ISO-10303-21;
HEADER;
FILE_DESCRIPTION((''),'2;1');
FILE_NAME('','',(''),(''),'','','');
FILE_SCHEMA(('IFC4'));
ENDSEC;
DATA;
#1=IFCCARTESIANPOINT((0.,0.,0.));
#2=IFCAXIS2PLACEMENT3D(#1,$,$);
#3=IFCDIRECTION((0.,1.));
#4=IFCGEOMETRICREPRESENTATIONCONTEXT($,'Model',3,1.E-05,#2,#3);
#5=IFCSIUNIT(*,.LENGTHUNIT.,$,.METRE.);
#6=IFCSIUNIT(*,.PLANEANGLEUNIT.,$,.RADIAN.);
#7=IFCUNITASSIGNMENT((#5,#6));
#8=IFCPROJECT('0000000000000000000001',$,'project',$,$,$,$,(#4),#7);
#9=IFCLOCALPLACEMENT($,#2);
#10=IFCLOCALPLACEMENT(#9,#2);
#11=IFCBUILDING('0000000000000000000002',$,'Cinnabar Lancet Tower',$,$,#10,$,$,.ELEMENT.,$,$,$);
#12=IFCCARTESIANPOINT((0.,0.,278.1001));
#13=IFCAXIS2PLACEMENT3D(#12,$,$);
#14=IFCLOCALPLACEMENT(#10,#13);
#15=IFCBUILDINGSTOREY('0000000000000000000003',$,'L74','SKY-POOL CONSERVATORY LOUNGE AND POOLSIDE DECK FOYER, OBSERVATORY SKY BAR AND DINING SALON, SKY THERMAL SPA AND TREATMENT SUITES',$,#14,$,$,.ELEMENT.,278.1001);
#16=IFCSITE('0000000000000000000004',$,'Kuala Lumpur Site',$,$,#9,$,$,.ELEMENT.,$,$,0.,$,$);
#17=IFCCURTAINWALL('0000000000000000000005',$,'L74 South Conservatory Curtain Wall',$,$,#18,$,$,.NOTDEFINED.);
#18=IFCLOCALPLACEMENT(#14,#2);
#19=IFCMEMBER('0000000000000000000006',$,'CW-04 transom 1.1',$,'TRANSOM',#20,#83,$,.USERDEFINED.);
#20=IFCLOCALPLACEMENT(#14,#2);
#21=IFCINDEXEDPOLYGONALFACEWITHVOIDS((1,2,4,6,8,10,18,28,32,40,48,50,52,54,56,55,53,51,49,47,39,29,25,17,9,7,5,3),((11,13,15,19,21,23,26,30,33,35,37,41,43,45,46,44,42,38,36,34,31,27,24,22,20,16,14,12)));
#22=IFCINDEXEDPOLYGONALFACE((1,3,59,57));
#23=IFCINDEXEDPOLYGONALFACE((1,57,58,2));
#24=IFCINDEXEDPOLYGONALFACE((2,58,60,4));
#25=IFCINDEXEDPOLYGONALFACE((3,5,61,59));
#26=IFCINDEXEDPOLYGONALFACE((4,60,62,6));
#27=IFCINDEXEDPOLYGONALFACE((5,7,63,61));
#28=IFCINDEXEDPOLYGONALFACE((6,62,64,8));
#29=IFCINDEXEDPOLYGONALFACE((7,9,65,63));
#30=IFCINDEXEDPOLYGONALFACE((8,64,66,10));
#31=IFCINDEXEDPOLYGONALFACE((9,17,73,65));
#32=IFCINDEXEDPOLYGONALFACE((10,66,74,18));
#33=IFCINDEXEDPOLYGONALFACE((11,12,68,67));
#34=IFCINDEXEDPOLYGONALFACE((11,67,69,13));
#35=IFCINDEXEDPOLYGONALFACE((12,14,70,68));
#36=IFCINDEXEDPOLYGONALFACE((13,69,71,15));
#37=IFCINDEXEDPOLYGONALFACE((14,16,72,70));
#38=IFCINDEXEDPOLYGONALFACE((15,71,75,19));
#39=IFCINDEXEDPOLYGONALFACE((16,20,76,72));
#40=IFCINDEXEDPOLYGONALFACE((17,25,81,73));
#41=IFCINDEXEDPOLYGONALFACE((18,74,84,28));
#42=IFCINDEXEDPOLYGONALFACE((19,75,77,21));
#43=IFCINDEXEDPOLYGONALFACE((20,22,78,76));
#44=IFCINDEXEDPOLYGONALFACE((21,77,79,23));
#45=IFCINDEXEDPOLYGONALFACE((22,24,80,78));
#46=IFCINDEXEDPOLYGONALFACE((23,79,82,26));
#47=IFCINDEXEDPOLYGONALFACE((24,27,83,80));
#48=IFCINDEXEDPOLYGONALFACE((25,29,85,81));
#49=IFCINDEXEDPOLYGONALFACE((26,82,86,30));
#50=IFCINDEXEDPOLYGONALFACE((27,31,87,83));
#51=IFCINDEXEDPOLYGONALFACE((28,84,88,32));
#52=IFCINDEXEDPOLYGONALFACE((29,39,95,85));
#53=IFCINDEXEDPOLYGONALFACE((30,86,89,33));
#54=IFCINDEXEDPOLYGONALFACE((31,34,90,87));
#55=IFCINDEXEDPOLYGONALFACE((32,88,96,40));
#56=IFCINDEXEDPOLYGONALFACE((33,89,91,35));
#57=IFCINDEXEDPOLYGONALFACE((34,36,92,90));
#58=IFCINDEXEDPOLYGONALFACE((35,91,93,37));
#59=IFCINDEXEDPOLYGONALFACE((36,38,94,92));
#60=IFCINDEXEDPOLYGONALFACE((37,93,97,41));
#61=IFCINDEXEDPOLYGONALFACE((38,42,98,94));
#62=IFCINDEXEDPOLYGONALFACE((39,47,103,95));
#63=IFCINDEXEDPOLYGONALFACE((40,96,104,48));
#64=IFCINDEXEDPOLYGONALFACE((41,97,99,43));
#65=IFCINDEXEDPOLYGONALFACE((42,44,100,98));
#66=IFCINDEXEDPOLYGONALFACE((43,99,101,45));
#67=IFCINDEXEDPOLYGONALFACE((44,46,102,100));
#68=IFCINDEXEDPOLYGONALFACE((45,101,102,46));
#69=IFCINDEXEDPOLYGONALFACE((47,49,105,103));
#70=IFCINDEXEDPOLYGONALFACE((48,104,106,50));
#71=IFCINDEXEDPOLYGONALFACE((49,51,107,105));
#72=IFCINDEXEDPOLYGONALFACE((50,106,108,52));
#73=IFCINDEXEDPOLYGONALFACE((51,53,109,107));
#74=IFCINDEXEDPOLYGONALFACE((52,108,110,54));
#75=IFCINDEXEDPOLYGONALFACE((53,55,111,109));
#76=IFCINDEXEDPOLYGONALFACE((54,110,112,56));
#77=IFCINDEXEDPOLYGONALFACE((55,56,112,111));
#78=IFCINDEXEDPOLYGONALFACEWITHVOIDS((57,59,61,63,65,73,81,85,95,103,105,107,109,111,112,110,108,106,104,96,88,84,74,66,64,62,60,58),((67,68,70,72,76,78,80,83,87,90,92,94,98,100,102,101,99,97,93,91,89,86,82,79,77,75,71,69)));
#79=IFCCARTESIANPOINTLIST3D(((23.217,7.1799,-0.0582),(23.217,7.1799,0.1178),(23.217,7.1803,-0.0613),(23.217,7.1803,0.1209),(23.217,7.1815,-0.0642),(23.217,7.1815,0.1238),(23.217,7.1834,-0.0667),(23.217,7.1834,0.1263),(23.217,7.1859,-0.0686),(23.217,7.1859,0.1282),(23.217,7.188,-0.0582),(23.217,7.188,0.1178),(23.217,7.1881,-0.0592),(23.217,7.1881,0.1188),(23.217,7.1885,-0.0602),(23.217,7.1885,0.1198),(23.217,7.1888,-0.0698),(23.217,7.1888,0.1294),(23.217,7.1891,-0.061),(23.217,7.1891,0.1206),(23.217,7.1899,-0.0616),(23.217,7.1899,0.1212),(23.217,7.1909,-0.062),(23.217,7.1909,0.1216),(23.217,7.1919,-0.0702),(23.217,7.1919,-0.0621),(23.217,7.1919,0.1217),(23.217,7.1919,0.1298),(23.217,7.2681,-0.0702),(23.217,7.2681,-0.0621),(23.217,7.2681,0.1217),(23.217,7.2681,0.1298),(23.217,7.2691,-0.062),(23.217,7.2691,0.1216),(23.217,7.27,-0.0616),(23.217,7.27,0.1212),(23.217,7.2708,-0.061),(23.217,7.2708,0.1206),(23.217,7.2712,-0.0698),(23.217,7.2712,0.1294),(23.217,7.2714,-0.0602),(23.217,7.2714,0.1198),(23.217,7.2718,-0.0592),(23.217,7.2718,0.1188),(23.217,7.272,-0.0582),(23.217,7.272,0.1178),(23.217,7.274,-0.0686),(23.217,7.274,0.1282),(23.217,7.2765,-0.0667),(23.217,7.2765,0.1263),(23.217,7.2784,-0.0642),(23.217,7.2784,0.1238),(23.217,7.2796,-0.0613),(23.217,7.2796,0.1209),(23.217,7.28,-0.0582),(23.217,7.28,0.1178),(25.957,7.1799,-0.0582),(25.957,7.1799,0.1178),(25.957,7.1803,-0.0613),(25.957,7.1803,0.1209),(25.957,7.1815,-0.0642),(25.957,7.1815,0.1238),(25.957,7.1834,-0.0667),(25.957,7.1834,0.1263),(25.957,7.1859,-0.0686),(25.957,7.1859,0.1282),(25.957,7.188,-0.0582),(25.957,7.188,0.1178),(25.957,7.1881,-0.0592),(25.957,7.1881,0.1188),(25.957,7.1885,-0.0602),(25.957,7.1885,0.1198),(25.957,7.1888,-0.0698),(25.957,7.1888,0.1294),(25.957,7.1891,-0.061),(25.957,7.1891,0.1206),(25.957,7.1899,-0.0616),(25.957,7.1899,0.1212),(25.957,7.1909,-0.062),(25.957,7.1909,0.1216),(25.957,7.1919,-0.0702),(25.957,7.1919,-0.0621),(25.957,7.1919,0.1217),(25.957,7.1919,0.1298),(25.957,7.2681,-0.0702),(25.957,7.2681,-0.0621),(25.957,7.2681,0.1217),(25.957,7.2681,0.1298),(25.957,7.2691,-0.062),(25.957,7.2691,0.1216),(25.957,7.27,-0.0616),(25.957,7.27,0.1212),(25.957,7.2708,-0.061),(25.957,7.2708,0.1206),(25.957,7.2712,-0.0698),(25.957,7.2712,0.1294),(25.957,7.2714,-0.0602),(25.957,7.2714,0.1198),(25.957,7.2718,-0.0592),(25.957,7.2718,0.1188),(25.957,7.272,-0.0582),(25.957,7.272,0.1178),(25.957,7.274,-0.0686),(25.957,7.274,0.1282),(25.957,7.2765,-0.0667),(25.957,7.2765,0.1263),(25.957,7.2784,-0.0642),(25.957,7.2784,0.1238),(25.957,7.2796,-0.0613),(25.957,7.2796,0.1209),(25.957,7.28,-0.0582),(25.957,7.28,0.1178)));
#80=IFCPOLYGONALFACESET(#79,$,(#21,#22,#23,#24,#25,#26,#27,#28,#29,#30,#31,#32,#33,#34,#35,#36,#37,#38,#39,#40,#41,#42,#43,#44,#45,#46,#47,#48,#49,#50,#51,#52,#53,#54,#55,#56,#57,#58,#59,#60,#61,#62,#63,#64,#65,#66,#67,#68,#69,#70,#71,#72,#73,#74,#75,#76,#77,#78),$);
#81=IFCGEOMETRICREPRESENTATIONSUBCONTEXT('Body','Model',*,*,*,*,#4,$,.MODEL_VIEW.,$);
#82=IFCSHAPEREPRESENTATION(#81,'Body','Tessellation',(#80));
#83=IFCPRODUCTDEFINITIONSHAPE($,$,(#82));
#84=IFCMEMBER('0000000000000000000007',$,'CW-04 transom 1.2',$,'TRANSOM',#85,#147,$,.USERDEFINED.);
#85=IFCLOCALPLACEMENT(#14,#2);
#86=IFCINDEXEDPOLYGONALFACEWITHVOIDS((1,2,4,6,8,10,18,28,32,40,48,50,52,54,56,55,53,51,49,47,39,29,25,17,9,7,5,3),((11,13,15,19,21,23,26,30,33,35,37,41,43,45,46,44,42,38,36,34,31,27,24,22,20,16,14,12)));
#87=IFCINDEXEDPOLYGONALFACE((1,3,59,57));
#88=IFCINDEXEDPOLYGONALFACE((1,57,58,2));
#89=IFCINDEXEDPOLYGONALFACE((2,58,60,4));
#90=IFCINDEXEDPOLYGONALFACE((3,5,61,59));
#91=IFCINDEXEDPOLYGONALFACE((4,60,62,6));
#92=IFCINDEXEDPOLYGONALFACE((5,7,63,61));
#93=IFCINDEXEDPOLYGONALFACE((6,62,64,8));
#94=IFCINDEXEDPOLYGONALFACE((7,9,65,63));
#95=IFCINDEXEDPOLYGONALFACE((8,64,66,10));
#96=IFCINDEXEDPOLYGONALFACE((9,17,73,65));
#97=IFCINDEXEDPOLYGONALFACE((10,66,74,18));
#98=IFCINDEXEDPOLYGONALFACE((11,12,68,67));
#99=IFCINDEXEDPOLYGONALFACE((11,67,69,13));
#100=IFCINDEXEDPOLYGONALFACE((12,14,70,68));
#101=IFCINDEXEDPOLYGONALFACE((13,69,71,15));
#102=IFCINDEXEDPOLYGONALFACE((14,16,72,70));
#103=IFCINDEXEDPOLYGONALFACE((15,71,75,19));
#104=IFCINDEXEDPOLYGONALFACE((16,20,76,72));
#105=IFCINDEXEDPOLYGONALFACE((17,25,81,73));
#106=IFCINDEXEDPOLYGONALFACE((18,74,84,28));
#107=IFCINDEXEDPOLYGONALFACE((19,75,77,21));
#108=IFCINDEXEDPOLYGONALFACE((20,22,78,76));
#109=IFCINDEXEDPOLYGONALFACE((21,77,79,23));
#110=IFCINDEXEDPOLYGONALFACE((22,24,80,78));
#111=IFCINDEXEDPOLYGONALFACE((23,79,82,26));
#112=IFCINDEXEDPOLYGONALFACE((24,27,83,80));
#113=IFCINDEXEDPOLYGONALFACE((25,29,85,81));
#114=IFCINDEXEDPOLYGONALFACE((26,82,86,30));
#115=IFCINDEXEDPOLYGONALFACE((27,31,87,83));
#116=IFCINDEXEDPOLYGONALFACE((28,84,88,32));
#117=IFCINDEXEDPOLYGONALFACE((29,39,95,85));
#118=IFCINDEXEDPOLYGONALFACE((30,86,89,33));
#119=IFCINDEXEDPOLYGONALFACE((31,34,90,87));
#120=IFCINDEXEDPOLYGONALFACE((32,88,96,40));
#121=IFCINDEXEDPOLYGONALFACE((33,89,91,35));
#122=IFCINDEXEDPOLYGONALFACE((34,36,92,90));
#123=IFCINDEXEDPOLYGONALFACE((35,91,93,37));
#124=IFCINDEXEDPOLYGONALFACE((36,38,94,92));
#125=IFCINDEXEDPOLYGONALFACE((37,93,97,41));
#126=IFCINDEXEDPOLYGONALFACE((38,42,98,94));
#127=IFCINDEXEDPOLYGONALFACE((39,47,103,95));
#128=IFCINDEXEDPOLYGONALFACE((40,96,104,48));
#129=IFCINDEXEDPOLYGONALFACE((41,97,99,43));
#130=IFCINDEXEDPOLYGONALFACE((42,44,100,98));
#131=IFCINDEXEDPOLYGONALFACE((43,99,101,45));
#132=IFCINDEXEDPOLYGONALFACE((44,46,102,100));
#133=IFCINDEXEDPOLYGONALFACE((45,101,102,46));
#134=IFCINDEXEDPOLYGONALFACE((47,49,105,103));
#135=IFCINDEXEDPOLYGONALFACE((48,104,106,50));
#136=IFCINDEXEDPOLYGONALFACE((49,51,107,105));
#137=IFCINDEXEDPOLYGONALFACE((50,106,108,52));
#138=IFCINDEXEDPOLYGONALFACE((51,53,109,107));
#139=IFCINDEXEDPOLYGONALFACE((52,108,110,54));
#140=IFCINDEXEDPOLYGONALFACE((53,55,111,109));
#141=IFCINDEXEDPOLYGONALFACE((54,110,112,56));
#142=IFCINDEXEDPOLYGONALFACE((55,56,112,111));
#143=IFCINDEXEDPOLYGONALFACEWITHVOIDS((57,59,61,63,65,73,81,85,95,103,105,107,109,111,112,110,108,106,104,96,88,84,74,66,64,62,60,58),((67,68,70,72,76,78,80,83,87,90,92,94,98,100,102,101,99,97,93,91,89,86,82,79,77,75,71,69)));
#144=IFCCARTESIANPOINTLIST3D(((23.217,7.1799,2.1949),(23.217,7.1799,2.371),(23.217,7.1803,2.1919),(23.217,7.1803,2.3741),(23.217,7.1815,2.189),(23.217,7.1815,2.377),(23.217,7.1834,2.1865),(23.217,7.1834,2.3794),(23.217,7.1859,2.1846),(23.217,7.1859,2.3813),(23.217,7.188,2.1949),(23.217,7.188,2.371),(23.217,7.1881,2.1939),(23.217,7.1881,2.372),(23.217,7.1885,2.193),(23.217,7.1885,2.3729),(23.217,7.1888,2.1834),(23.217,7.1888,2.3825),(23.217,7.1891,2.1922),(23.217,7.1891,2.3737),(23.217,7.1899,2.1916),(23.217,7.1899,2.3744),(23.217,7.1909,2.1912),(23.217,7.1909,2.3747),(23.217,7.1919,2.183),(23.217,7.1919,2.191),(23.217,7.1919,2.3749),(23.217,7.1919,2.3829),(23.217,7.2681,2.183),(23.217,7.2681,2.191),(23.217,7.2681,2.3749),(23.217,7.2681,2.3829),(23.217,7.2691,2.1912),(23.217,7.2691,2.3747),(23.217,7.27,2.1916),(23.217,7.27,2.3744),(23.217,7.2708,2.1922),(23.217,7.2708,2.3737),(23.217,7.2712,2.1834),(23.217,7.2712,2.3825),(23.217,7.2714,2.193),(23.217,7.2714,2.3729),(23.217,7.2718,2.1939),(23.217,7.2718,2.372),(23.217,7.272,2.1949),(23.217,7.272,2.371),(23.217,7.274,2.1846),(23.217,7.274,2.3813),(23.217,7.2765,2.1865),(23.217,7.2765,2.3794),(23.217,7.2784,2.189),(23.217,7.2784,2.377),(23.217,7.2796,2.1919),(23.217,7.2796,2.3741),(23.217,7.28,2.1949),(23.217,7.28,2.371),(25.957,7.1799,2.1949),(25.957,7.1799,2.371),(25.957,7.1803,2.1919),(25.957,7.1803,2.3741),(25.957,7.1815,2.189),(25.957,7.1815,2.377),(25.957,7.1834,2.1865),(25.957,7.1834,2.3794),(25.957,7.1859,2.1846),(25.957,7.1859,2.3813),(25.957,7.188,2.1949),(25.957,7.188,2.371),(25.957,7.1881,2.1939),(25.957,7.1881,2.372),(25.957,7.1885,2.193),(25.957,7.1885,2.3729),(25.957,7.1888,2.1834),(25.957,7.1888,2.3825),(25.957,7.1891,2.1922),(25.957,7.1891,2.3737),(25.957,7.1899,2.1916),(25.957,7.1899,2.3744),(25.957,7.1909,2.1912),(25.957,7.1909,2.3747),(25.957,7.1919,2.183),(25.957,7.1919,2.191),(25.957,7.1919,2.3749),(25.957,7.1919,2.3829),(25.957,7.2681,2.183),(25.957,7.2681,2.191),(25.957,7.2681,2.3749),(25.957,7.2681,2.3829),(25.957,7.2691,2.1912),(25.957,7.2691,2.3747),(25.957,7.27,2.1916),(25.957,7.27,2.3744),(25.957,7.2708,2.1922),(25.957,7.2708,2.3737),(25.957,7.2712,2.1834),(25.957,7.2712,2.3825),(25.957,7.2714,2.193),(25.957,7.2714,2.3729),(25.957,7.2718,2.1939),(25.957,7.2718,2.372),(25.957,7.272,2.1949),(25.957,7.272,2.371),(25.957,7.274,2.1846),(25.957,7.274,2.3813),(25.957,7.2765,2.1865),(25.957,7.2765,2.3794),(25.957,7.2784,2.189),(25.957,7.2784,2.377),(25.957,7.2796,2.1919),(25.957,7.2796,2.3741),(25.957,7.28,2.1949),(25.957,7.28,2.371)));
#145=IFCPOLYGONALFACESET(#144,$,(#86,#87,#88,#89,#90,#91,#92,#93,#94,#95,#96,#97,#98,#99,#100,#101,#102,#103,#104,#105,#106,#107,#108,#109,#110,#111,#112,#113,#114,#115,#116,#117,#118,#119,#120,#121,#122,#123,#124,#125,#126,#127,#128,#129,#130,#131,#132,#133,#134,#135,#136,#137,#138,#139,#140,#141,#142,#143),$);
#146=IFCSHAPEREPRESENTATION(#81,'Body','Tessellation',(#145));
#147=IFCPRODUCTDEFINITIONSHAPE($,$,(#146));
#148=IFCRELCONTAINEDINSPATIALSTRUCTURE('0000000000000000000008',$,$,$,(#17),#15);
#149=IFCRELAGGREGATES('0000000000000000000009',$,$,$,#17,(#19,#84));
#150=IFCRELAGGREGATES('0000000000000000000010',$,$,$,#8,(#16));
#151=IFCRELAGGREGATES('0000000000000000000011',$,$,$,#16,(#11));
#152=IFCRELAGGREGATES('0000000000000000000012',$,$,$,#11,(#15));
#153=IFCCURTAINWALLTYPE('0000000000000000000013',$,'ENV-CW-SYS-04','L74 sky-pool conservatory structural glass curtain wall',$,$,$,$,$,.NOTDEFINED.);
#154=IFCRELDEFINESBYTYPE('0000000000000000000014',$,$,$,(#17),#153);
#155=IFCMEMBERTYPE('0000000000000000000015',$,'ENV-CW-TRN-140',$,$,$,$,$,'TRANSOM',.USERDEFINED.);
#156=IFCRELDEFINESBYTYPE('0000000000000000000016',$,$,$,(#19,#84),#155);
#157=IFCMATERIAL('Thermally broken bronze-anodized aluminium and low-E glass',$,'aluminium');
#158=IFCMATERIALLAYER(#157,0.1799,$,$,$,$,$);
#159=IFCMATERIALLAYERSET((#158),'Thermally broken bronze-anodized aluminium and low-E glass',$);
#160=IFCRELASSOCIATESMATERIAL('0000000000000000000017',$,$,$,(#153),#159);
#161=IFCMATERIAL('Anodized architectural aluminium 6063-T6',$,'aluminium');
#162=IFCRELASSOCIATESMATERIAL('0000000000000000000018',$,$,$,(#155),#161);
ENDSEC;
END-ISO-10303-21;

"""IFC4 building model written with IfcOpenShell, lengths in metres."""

from ifc_helpers import new_model, si_unit, direction, frame, origin, origin_2d, place, context, subcontext, project, spatial, hollow_rectangle, extrude, material, layer, layer_set, material_profile, profile_set, type_object, element, aggregate, save


model = new_model("IFC4")

# Units and contexts
model_context = context("Model", 3, precision=1e-05, world=origin(), true_north=direction((0.0, 1.0)))
body_context = subcontext(model_context, "Body", "Model", "MODEL_VIEW")
ifc_project = project(units=[si_unit("LENGTHUNIT", "METRE"), si_unit("PLANEANGLEUNIT", "RADIAN")], contexts=[model_context])

# Site, building, storey
site_placement = place(None, origin())
site = spatial("IfcSite", under=ifc_project, at=site_placement, Name="Kuala Lumpur Site", CompositionType="ELEMENT", RefElevation=0.0)
building_placement = place(site_placement, origin())
building = spatial("IfcBuilding", under=site, at=building_placement, Name="Cinnabar Lancet Tower", CompositionType="ELEMENT")
storey_placement = place(building_placement, frame((0.0, 0.0, 278.1001)))
storey = spatial("IfcBuildingStorey", under=building, at=storey_placement, Name="L74", Description="SKY-POOL CONSERVATORY LOUNGE AND POOLSIDE DECK FOYER, OBSERVATORY SKY BAR AND DINING SALON, SKY THERMAL SPA AND TREATMENT SUITES", CompositionType="ELEMENT", Elevation=278.1001)

# Curtain wall, members
ifc_material_1 = material(Name="Thermally broken bronze-anodized aluminium and low-E glass", Category="aluminium")
ifc_layer_1 = layer(ifc_material_1, 0.1799)
ifc_layer_set_1 = layer_set([ifc_layer_1], Name="Thermally broken bronze-anodized aluminium and low-E glass")
curtain_wall_type = type_object("IfcCurtainWallType", Name="ENV-CW-SYS-04", Description="L74 sky-pool conservatory structural glass curtain wall", PredefinedType="NOTDEFINED", material=ifc_layer_set_1)
curtain_wall_placement = place(storey_placement, origin())
curtain_wall = element("IfcCurtainWall", 1, at=curtain_wall_placement, inside=storey, type_object=curtain_wall_type, Name="L74 South Conservatory Curtain Wall", PredefinedType="NOTDEFINED")
ifc_material_2 = material(Name="Anodized architectural aluminium 6063-T6", Category="aluminium")
ifc_material_profile_1 = material_profile(ifc_material_2, hollow_rectangle(XDim=0.1001, YDim=0.2, WallThickness=0.0081, InnerFilletRadius=0.0039, OuterFilletRadius=0.012, at=origin_2d()), Name="RHS 200x100x8")
ifc_profile_set_1 = profile_set([ifc_material_profile_1], Name="Anodized architectural aluminium 6063-T6")
member_type_1 = type_object("IfcMemberType", Name="ENV-CW-TRN-140", ElementType="TRANSOM", PredefinedType="USERDEFINED", material=ifc_profile_set_1)
member_1_placement = place(storey_placement, frame((23.217, 7.23, 0.0298), z_axis=(1.0, 0.0, 0.0), x_axis=(0.0, 1.0, 0.0)))
member_1 = element("IfcMember", 2, at=member_1_placement, type_object=member_type_1, Name="CW-04 transom 1.1", ObjectType="TRANSOM", PredefinedType="USERDEFINED", context=body_context, shape_type="SweptSolid", body=[
    extrude(hollow_rectangle(XDim=0.1001, YDim=0.2, WallThickness=0.0081, InnerFilletRadius=0.0039, OuterFilletRadius=0.012, at=origin_2d()), origin(), (0.0, 0.0, 1.0), 2.74),
])
member_2_placement = place(storey_placement, frame((23.217, 7.23, 2.283), z_axis=(1.0, 0.0, 0.0), x_axis=(0.0, 1.0, 0.0)))
member_2 = element("IfcMember", 3, at=member_2_placement, type_object=member_type_1, Name="CW-04 transom 1.2", ObjectType="TRANSOM", PredefinedType="USERDEFINED", context=body_context, shape_type="SweptSolid", body=[
    extrude(hollow_rectangle(XDim=0.1001, YDim=0.2, WallThickness=0.0081, InnerFilletRadius=0.0039, OuterFilletRadius=0.012, at=origin_2d()), origin(), (0.0, 0.0, 1.0), 2.74),
])

aggregate(curtain_wall, [member_1, member_2])

save(model, "model.ifc")
